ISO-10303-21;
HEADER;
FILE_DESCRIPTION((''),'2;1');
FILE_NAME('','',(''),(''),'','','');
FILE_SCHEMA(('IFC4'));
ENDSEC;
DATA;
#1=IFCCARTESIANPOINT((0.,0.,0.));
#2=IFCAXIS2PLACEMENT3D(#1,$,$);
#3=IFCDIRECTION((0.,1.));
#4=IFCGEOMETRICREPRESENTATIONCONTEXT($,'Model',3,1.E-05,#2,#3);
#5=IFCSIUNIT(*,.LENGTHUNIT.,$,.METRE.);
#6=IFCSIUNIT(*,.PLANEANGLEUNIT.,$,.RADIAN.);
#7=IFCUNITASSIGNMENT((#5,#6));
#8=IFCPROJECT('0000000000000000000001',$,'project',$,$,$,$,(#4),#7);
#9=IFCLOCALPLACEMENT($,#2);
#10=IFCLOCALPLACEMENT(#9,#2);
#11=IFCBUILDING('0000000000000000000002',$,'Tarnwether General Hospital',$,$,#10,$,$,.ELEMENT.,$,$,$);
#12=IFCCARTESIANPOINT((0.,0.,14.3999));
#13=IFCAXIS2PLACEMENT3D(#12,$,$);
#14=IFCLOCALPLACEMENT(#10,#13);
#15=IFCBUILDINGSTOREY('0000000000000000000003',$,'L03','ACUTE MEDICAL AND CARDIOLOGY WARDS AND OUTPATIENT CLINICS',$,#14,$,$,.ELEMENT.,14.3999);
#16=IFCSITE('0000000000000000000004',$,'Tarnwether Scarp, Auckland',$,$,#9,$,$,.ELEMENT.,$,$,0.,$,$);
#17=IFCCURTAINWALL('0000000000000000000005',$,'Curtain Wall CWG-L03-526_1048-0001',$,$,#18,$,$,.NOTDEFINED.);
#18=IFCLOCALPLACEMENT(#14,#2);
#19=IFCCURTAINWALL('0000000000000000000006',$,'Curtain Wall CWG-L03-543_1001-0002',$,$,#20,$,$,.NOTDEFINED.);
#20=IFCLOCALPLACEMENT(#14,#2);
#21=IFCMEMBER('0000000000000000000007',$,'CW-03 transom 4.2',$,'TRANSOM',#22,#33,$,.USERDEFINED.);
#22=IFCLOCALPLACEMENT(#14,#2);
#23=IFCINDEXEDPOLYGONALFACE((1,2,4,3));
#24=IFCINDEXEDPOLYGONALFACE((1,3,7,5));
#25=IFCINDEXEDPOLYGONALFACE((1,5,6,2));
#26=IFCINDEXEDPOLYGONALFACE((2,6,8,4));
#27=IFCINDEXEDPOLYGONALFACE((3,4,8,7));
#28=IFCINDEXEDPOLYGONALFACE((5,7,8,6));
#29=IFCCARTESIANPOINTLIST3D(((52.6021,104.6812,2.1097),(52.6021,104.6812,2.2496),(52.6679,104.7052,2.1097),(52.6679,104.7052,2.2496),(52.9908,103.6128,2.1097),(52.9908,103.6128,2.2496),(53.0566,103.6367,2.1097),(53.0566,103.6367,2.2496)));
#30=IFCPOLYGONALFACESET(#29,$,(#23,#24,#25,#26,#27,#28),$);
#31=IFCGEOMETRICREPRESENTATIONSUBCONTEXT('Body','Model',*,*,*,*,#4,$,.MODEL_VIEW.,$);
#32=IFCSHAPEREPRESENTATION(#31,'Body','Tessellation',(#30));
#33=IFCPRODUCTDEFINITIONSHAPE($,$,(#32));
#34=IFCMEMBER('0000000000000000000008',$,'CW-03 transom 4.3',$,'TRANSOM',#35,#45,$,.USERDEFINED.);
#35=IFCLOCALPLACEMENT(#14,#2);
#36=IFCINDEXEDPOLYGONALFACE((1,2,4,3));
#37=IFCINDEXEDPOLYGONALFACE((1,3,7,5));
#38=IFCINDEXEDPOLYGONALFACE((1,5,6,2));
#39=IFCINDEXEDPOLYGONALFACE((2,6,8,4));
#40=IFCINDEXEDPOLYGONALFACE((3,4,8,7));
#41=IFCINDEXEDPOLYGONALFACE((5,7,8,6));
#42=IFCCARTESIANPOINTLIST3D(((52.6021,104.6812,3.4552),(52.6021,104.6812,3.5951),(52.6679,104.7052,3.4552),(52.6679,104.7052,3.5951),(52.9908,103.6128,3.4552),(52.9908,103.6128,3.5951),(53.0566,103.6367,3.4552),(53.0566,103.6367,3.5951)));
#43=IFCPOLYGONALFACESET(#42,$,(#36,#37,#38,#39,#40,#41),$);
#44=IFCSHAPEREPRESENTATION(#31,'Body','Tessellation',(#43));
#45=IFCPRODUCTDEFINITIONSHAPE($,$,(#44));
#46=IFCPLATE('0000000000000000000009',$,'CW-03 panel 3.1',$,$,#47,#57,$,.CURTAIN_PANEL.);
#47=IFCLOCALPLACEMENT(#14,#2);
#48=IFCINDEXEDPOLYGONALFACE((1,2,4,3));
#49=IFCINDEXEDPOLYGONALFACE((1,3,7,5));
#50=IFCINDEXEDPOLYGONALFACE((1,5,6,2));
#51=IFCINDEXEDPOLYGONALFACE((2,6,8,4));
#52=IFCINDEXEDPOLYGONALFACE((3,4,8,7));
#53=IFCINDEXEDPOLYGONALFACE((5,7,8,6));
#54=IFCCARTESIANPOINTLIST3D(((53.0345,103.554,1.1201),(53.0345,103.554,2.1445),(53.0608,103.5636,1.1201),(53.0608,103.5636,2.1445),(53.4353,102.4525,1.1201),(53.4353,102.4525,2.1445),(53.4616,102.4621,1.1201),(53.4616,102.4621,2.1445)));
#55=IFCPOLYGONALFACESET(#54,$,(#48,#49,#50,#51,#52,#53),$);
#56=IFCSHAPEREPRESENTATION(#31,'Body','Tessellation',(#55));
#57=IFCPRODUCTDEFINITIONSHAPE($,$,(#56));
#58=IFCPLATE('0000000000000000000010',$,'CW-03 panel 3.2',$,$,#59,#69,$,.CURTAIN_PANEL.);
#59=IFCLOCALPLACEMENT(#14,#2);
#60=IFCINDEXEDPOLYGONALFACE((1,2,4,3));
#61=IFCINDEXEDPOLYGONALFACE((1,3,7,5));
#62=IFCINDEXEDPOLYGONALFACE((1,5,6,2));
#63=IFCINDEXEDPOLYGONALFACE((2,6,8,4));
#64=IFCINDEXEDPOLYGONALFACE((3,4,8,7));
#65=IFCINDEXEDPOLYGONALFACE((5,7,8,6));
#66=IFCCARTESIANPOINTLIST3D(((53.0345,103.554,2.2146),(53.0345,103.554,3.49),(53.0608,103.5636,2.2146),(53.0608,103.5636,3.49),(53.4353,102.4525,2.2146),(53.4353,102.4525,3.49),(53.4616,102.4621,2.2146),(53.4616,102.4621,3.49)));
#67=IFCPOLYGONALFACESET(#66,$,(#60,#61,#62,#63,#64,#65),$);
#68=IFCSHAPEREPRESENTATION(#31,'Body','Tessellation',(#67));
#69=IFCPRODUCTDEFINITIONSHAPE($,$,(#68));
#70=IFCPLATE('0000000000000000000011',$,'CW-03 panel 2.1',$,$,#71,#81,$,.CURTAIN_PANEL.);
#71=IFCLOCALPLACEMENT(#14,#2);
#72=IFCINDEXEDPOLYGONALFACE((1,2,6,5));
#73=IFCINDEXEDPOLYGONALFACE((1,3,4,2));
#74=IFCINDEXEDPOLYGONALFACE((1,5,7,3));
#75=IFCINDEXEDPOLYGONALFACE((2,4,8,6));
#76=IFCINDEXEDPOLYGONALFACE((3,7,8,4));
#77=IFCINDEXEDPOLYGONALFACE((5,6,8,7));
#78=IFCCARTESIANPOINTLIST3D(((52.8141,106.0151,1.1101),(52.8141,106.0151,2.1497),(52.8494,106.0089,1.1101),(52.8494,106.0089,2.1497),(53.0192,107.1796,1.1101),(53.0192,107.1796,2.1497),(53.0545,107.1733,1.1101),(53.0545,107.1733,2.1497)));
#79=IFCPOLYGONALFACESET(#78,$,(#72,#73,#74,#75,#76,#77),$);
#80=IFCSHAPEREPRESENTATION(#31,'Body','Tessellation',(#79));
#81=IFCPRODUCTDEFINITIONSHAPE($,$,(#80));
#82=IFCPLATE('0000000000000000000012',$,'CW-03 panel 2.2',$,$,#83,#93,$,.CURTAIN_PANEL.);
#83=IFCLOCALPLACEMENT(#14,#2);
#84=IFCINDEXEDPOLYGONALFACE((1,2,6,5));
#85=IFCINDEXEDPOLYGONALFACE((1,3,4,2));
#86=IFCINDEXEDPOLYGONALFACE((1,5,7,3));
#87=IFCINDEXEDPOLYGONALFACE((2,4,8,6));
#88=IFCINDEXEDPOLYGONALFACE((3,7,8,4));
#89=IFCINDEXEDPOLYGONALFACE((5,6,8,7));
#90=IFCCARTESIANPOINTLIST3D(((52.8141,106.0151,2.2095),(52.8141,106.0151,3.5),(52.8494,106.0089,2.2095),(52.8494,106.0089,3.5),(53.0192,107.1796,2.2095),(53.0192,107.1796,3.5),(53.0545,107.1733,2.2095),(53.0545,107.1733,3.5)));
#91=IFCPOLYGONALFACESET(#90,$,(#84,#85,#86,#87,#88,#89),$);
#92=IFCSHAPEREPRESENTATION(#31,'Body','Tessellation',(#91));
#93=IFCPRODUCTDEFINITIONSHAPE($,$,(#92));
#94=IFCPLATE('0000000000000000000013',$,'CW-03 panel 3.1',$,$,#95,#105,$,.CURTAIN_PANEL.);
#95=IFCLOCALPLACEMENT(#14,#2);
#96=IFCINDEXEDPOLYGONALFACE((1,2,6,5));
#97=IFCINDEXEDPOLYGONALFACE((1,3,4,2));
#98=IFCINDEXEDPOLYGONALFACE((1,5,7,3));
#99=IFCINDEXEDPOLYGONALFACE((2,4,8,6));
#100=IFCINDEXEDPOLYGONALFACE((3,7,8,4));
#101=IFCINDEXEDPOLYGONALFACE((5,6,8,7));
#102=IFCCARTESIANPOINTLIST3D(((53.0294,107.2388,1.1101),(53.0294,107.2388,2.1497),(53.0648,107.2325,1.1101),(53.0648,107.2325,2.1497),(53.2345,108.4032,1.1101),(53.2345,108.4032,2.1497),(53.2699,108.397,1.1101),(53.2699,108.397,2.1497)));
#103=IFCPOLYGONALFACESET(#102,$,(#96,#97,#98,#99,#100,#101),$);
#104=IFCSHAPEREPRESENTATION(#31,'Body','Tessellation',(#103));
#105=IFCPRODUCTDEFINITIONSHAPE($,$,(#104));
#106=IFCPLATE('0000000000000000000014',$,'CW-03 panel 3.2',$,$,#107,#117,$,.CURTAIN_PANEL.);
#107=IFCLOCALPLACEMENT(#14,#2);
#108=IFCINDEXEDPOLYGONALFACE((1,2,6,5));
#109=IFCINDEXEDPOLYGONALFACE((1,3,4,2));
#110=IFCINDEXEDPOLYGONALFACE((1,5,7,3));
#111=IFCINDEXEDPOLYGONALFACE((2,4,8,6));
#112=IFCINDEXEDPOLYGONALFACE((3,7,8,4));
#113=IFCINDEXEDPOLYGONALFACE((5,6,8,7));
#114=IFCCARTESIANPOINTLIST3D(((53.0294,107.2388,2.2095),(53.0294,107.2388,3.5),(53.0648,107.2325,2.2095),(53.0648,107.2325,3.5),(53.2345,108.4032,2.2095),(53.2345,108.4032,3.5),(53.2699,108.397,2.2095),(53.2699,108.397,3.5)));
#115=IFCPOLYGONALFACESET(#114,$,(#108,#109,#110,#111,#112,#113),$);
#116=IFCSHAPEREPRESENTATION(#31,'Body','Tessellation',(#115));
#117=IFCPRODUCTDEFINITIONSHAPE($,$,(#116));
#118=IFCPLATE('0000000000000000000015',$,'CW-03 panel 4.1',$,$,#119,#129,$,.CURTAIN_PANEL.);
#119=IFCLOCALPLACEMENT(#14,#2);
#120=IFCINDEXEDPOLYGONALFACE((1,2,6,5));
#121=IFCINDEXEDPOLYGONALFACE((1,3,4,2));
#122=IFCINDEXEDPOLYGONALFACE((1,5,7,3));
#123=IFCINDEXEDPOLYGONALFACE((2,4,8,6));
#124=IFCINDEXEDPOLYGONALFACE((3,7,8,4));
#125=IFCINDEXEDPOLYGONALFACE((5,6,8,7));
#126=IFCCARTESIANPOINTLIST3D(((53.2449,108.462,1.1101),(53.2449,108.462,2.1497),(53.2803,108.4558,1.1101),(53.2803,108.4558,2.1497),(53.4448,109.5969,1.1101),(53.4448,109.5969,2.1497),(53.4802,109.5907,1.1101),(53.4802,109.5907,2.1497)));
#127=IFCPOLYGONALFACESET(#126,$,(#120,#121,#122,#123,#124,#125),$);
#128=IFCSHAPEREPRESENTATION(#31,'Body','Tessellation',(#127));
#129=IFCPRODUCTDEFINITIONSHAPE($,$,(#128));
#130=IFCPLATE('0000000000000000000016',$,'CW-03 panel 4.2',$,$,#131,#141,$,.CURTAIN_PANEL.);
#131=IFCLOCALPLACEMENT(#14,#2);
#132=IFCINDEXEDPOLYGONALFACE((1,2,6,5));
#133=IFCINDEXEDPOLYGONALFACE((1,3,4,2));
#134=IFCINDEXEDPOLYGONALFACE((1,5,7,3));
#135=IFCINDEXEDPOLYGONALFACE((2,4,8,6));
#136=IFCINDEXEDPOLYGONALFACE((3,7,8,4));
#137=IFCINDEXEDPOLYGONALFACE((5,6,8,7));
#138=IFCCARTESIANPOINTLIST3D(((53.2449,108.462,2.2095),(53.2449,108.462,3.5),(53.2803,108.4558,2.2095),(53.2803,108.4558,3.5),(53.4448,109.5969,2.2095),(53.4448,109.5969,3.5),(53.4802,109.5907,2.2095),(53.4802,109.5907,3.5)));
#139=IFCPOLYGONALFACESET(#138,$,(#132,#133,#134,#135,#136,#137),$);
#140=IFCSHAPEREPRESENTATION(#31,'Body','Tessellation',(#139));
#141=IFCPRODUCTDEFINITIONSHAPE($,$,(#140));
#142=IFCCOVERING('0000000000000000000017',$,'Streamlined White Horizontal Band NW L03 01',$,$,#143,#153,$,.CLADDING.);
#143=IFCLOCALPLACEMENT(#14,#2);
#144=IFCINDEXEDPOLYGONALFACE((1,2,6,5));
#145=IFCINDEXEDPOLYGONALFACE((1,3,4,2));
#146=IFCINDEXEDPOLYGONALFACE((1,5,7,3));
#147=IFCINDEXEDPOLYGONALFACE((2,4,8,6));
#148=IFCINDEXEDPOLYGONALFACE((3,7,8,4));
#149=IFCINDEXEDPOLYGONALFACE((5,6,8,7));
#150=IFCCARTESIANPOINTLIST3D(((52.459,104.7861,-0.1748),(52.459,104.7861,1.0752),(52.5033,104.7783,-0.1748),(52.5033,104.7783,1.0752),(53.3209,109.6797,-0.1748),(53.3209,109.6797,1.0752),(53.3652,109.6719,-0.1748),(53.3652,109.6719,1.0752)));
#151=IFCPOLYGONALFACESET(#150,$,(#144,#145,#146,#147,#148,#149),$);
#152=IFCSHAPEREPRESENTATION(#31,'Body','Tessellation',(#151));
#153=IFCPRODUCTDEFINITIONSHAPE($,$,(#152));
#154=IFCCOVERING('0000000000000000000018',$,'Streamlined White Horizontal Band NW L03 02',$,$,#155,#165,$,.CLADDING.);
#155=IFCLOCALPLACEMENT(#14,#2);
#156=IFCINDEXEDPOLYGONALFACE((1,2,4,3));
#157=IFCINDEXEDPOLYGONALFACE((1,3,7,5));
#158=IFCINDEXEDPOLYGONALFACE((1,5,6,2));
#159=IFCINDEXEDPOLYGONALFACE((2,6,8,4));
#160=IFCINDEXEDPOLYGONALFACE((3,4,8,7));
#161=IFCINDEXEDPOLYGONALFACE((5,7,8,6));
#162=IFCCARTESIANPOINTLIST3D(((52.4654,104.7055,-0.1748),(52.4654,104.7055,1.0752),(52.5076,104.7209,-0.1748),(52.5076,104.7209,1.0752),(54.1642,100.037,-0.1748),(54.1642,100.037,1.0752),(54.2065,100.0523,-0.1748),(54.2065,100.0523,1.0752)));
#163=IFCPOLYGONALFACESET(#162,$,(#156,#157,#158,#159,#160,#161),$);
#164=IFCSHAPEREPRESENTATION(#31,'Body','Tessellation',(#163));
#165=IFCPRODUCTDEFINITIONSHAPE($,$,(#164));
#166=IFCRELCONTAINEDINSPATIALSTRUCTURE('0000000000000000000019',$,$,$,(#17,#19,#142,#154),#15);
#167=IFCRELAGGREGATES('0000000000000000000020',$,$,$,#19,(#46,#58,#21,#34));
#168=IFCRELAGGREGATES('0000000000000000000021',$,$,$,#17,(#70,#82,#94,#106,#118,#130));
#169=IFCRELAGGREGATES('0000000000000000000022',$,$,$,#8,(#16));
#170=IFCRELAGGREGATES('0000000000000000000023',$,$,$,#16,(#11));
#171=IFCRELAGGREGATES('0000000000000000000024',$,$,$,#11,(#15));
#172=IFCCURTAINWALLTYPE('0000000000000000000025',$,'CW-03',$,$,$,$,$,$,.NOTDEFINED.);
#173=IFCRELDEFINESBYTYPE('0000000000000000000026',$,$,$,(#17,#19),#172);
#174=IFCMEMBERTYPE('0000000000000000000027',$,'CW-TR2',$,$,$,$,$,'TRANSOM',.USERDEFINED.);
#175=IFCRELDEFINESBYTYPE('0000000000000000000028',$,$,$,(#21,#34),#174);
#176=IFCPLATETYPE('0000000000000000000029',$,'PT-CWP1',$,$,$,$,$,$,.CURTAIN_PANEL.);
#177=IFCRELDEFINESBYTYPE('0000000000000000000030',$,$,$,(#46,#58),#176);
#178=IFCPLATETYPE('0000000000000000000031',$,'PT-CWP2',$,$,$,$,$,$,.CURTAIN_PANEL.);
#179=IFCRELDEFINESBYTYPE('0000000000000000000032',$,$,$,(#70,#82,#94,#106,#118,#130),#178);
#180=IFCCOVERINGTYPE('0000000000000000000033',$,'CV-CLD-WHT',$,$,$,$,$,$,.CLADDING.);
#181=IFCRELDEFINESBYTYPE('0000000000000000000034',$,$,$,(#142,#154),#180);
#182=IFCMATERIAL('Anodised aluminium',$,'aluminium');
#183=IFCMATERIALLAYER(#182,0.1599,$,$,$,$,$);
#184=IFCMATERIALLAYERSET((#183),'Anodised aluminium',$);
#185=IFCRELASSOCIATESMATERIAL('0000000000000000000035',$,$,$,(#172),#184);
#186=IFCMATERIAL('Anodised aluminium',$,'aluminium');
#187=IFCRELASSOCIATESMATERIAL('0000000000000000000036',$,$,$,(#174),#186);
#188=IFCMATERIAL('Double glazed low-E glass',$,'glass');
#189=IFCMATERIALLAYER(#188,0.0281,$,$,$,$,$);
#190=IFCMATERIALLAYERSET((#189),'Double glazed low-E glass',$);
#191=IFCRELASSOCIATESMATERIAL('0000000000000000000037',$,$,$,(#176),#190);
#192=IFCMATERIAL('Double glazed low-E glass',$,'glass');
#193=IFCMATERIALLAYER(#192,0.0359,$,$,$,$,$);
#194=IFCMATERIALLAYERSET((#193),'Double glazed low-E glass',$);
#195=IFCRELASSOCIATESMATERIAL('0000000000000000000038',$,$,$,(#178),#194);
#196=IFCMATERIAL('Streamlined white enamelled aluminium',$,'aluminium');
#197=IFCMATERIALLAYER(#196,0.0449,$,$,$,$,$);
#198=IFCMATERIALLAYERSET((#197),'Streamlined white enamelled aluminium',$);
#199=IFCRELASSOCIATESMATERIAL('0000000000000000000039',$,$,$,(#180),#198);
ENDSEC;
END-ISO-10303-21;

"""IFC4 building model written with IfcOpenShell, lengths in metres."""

from ifc_helpers import new_model, si_unit, direction, frame, origin, origin_2d, place, context, subcontext, project, spatial, rectangle, extrude, material, layer, layer_set, material_profile, profile_set, type_object, element, aggregate, save


model = new_model("IFC4")

# Units and contexts
model_context = context("Model", 3, precision=1e-05, world=origin(), true_north=direction((0.0, 1.0)))
body_context = subcontext(model_context, "Body", "Model", "MODEL_VIEW")
ifc_project = project(units=[si_unit("LENGTHUNIT", "METRE"), si_unit("PLANEANGLEUNIT", "RADIAN")], contexts=[model_context])

# Site, building, storey
site_placement = place(None, origin())
site = spatial("IfcSite", under=ifc_project, at=site_placement, Name="Tarnwether Scarp, Auckland", CompositionType="ELEMENT", RefElevation=0.0)
building_placement = place(site_placement, origin())
building = spatial("IfcBuilding", under=site, at=building_placement, Name="Tarnwether General Hospital", CompositionType="ELEMENT")
storey_placement = place(building_placement, frame((0.0, 0.0, 14.3999)))
storey = spatial("IfcBuildingStorey", under=building, at=storey_placement, Name="L03", Description="ACUTE MEDICAL AND CARDIOLOGY WARDS AND OUTPATIENT CLINICS", CompositionType="ELEMENT", Elevation=14.3999)

# Curtain walls
ifc_material_1 = material(Name="Anodised aluminium", Category="aluminium")
ifc_layer_1 = layer(ifc_material_1, 0.1599)
ifc_layer_set_1 = layer_set([ifc_layer_1], Name="Anodised aluminium")
curtain_wall_type = type_object("IfcCurtainWallType", Name="CW-03", PredefinedType="NOTDEFINED", material=ifc_layer_set_1)
curtain_wall_1_placement = place(storey_placement, origin())
curtain_wall_1 = element("IfcCurtainWall", 1, at=curtain_wall_1_placement, inside=storey, type_object=curtain_wall_type, Name="Curtain Wall CWG-L03-526_1048-0001", PredefinedType="NOTDEFINED")
curtain_wall_2_placement = place(storey_placement, origin())
curtain_wall_2 = element("IfcCurtainWall", 2, at=curtain_wall_2_placement, inside=storey, type_object=curtain_wall_type, Name="Curtain Wall CWG-L03-543_1001-0002", PredefinedType="NOTDEFINED")

# Members
ifc_material_2 = material(Name="Anodised aluminium", Category="aluminium")
ifc_material_profile_1 = material_profile(ifc_material_2, rectangle(XDim=0.0701, YDim=0.1399, at=origin_2d()), Name="ALU-TRN-70x140")
ifc_profile_set_1 = profile_set([ifc_material_profile_1], Name="Anodised aluminium")
member_type_1 = type_object("IfcMemberType", Name="CW-TR2", ElementType="TRANSOM", PredefinedType="USERDEFINED", material=ifc_profile_set_1)
member_1_placement = place(storey_placement, frame((53.0237, 103.6248, 2.1797), z_axis=(-0.341881, 0.939743, 0.0), x_axis=(-0.939743, -0.341881, 0.0)))
member_1 = element("IfcMember", 3, at=member_1_placement, type_object=member_type_1, Name="CW-03 transom 4.2", ObjectType="TRANSOM", PredefinedType="USERDEFINED", context=body_context, shape_type="SweptSolid", body=[
    extrude(rectangle(XDim=0.0701, YDim=0.1399, at=origin_2d()), origin(), (0.0, 0.0, 1.0), 1.137),
])
member_2_placement = place(storey_placement, frame((53.0237, 103.6248, 3.5251), z_axis=(-0.341881, 0.939743, 0.0), x_axis=(-0.939743, -0.341881, 0.0)))
member_2 = element("IfcMember", 4, at=member_2_placement, type_object=member_type_1, Name="CW-03 transom 4.3", ObjectType="TRANSOM", PredefinedType="USERDEFINED", context=body_context, shape_type="SweptSolid", body=[
    extrude(rectangle(XDim=0.0701, YDim=0.1399, at=origin_2d()), origin(), (0.0, 0.0, 1.0), 1.137),
])

# Plates
ifc_material_3 = material(Name="Double glazed low-E glass", Category="glass")
ifc_layer_2 = layer(ifc_material_3, 0.0281)
ifc_layer_set_2 = layer_set([ifc_layer_2], Name="Double glazed low-E glass")
plate_type_1 = type_object("IfcPlateType", Name="PT-CWP1", PredefinedType="CURTAIN_PANEL", material=ifc_layer_set_2)
plate_1_placement = place(storey_placement, frame((53.248, 103.0081, 1.1201), z_axis=(0.0, 0.0, 1.0), x_axis=(-0.341953, 0.939717, 0.0)))
plate_1 = element("IfcPlate", 5, at=plate_1_placement, type_object=plate_type_1, Name="CW-03 panel 3.1", PredefinedType="CURTAIN_PANEL", context=body_context, shape_type="SweptSolid", body=[
    extrude(rectangle(XDim=1.1721, YDim=0.0281, at=origin_2d()), origin(), (0.0, 0.0, 1.0), 1.0244),
])
plate_2_placement = place(storey_placement, frame((53.248, 103.0081, 2.2146), z_axis=(0.0, 0.0, 1.0), x_axis=(-0.341953, 0.939717, 0.0)))
plate_2 = element("IfcPlate", 6, at=plate_2_placement, type_object=plate_type_1, Name="CW-03 panel 3.2", PredefinedType="CURTAIN_PANEL", context=body_context, shape_type="SweptSolid", body=[
    extrude(rectangle(XDim=1.1721, YDim=0.0281, at=origin_2d()), origin(), (0.0, 0.0, 1.0), 1.2754),
])
aggregate(curtain_wall_2, [plate_1, plate_2, member_1, member_2])
ifc_material_4 = material(Name="Double glazed low-E glass", Category="glass")
ifc_layer_3 = layer(ifc_material_4, 0.0359)
ifc_layer_set_3 = layer_set([ifc_layer_3], Name="Double glazed low-E glass")
plate_type_2 = type_object("IfcPlateType", Name="PT-CWP2", PredefinedType="CURTAIN_PANEL", material=ifc_layer_set_3)
plate_3_placement = place(storey_placement, frame((52.9343, 106.5942, 1.1101), z_axis=(0.0, 0.0, 1.0), x_axis=(0.173464, 0.98484, 0.0)))
plate_3 = element("IfcPlate", 7, at=plate_3_placement, type_object=plate_type_2, Name="CW-03 panel 2.1", PredefinedType="CURTAIN_PANEL", context=body_context, shape_type="SweptSolid", body=[
    extrude(rectangle(XDim=1.1824, YDim=0.0359, at=origin_2d()), origin(), (0.0, 0.0, 1.0), 1.0396),
])
plate_4_placement = place(storey_placement, frame((52.9343, 106.5942, 2.2095), z_axis=(0.0, 0.0, 1.0), x_axis=(0.173464, 0.98484, 0.0)))
plate_4 = element("IfcPlate", 8, at=plate_4_placement, type_object=plate_type_2, Name="CW-03 panel 2.2", PredefinedType="CURTAIN_PANEL", context=body_context, shape_type="SweptSolid", body=[
    extrude(rectangle(XDim=1.1824, YDim=0.0359, at=origin_2d()), origin(), (0.0, 0.0, 1.0), 1.2905),
])
plate_5_placement = place(storey_placement, frame((53.1497, 107.8179, 1.1101), z_axis=(0.0, 0.0, 1.0), x_axis=(0.173464, 0.98484, 0.0)))
plate_5 = element("IfcPlate", 9, at=plate_5_placement, type_object=plate_type_2, Name="CW-03 panel 3.1", PredefinedType="CURTAIN_PANEL", context=body_context, shape_type="SweptSolid", body=[
    extrude(rectangle(XDim=1.1824, YDim=0.0359, at=origin_2d()), origin(), (0.0, 0.0, 1.0), 1.0396),
])
plate_6_placement = place(storey_placement, frame((53.1497, 107.8179, 2.2095), z_axis=(0.0, 0.0, 1.0), x_axis=(0.173464, 0.98484, 0.0)))
plate_6 = element("IfcPlate", 10, at=plate_6_placement, type_object=plate_type_2, Name="CW-03 panel 3.2", PredefinedType="CURTAIN_PANEL", context=body_context, shape_type="SweptSolid", body=[
    extrude(rectangle(XDim=1.1824, YDim=0.0359, at=origin_2d()), origin(), (0.0, 0.0, 1.0), 1.2905),
])
plate_7_placement = place(storey_placement, frame((53.3625, 109.0264, 1.1101), z_axis=(0.0, 0.0, 1.0), x_axis=(0.173464, 0.98484, 0.0)))
plate_7 = element("IfcPlate", 11, at=plate_7_placement, type_object=plate_type_2, Name="CW-03 panel 4.1", PredefinedType="CURTAIN_PANEL", context=body_context, shape_type="SweptSolid", body=[
    extrude(rectangle(XDim=1.1523, YDim=0.0359, at=origin_2d()), origin(), (0.0, 0.0, 1.0), 1.0396),
])
plate_8_placement = place(storey_placement, frame((53.3625, 109.0264, 2.2095), z_axis=(0.0, 0.0, 1.0), x_axis=(0.173464, 0.98484, 0.0)))
plate_8 = element("IfcPlate", 12, at=plate_8_placement, type_object=plate_type_2, Name="CW-03 panel 4.2", PredefinedType="CURTAIN_PANEL", context=body_context, shape_type="SweptSolid", body=[
    extrude(rectangle(XDim=1.1523, YDim=0.0359, at=origin_2d()), origin(), (0.0, 0.0, 1.0), 1.2905),
])
aggregate(curtain_wall_1, [plate_3, plate_4, plate_5, plate_6, plate_7, plate_8])

# Coverings
ifc_material_5 = material(Name="Streamlined white enamelled aluminium", Category="aluminium")
ifc_layer_4 = layer(ifc_material_5, 0.0449)
ifc_layer_set_4 = layer_set([ifc_layer_4], Name="Streamlined white enamelled aluminium")
covering_type = type_object("IfcCoveringType", Name="CV-CLD-WHT", PredefinedType="CLADDING", material=ifc_layer_set_4)
covering_1_placement = place(storey_placement, frame((52.9121, 107.229, -0.1748), z_axis=(0.0, 0.0, 1.0), x_axis=(0.173459, 0.984841, 0.0)))
element("IfcCovering", 13, at=covering_1_placement, inside=storey, type_object=covering_type, Name="Streamlined White Horizontal Band NW L03 01", PredefinedType="CLADDING", context=body_context, shape_type="SweptSolid", body=[
    extrude(rectangle(XDim=4.969, YDim=0.0449, at=origin_2d()), origin(), (0.0, 0.0, 1.0), 1.25),
])
covering_2_placement = place(storey_placement, frame((53.3359, 102.3789, -0.1748), z_axis=(0.0, 0.0, 1.0), x_axis=(-0.341955, 0.939716, 0.0)))
element("IfcCovering", 14, at=covering_2_placement, inside=storey, type_object=covering_type, Name="Streamlined White Horizontal Band NW L03 02", PredefinedType="CLADDING", context=body_context, shape_type="SweptSolid", body=[
    extrude(rectangle(XDim=4.968, YDim=0.0449, at=origin_2d()), origin(), (0.0, 0.0, 1.0), 1.25),
])

save(model, "model.ifc")
